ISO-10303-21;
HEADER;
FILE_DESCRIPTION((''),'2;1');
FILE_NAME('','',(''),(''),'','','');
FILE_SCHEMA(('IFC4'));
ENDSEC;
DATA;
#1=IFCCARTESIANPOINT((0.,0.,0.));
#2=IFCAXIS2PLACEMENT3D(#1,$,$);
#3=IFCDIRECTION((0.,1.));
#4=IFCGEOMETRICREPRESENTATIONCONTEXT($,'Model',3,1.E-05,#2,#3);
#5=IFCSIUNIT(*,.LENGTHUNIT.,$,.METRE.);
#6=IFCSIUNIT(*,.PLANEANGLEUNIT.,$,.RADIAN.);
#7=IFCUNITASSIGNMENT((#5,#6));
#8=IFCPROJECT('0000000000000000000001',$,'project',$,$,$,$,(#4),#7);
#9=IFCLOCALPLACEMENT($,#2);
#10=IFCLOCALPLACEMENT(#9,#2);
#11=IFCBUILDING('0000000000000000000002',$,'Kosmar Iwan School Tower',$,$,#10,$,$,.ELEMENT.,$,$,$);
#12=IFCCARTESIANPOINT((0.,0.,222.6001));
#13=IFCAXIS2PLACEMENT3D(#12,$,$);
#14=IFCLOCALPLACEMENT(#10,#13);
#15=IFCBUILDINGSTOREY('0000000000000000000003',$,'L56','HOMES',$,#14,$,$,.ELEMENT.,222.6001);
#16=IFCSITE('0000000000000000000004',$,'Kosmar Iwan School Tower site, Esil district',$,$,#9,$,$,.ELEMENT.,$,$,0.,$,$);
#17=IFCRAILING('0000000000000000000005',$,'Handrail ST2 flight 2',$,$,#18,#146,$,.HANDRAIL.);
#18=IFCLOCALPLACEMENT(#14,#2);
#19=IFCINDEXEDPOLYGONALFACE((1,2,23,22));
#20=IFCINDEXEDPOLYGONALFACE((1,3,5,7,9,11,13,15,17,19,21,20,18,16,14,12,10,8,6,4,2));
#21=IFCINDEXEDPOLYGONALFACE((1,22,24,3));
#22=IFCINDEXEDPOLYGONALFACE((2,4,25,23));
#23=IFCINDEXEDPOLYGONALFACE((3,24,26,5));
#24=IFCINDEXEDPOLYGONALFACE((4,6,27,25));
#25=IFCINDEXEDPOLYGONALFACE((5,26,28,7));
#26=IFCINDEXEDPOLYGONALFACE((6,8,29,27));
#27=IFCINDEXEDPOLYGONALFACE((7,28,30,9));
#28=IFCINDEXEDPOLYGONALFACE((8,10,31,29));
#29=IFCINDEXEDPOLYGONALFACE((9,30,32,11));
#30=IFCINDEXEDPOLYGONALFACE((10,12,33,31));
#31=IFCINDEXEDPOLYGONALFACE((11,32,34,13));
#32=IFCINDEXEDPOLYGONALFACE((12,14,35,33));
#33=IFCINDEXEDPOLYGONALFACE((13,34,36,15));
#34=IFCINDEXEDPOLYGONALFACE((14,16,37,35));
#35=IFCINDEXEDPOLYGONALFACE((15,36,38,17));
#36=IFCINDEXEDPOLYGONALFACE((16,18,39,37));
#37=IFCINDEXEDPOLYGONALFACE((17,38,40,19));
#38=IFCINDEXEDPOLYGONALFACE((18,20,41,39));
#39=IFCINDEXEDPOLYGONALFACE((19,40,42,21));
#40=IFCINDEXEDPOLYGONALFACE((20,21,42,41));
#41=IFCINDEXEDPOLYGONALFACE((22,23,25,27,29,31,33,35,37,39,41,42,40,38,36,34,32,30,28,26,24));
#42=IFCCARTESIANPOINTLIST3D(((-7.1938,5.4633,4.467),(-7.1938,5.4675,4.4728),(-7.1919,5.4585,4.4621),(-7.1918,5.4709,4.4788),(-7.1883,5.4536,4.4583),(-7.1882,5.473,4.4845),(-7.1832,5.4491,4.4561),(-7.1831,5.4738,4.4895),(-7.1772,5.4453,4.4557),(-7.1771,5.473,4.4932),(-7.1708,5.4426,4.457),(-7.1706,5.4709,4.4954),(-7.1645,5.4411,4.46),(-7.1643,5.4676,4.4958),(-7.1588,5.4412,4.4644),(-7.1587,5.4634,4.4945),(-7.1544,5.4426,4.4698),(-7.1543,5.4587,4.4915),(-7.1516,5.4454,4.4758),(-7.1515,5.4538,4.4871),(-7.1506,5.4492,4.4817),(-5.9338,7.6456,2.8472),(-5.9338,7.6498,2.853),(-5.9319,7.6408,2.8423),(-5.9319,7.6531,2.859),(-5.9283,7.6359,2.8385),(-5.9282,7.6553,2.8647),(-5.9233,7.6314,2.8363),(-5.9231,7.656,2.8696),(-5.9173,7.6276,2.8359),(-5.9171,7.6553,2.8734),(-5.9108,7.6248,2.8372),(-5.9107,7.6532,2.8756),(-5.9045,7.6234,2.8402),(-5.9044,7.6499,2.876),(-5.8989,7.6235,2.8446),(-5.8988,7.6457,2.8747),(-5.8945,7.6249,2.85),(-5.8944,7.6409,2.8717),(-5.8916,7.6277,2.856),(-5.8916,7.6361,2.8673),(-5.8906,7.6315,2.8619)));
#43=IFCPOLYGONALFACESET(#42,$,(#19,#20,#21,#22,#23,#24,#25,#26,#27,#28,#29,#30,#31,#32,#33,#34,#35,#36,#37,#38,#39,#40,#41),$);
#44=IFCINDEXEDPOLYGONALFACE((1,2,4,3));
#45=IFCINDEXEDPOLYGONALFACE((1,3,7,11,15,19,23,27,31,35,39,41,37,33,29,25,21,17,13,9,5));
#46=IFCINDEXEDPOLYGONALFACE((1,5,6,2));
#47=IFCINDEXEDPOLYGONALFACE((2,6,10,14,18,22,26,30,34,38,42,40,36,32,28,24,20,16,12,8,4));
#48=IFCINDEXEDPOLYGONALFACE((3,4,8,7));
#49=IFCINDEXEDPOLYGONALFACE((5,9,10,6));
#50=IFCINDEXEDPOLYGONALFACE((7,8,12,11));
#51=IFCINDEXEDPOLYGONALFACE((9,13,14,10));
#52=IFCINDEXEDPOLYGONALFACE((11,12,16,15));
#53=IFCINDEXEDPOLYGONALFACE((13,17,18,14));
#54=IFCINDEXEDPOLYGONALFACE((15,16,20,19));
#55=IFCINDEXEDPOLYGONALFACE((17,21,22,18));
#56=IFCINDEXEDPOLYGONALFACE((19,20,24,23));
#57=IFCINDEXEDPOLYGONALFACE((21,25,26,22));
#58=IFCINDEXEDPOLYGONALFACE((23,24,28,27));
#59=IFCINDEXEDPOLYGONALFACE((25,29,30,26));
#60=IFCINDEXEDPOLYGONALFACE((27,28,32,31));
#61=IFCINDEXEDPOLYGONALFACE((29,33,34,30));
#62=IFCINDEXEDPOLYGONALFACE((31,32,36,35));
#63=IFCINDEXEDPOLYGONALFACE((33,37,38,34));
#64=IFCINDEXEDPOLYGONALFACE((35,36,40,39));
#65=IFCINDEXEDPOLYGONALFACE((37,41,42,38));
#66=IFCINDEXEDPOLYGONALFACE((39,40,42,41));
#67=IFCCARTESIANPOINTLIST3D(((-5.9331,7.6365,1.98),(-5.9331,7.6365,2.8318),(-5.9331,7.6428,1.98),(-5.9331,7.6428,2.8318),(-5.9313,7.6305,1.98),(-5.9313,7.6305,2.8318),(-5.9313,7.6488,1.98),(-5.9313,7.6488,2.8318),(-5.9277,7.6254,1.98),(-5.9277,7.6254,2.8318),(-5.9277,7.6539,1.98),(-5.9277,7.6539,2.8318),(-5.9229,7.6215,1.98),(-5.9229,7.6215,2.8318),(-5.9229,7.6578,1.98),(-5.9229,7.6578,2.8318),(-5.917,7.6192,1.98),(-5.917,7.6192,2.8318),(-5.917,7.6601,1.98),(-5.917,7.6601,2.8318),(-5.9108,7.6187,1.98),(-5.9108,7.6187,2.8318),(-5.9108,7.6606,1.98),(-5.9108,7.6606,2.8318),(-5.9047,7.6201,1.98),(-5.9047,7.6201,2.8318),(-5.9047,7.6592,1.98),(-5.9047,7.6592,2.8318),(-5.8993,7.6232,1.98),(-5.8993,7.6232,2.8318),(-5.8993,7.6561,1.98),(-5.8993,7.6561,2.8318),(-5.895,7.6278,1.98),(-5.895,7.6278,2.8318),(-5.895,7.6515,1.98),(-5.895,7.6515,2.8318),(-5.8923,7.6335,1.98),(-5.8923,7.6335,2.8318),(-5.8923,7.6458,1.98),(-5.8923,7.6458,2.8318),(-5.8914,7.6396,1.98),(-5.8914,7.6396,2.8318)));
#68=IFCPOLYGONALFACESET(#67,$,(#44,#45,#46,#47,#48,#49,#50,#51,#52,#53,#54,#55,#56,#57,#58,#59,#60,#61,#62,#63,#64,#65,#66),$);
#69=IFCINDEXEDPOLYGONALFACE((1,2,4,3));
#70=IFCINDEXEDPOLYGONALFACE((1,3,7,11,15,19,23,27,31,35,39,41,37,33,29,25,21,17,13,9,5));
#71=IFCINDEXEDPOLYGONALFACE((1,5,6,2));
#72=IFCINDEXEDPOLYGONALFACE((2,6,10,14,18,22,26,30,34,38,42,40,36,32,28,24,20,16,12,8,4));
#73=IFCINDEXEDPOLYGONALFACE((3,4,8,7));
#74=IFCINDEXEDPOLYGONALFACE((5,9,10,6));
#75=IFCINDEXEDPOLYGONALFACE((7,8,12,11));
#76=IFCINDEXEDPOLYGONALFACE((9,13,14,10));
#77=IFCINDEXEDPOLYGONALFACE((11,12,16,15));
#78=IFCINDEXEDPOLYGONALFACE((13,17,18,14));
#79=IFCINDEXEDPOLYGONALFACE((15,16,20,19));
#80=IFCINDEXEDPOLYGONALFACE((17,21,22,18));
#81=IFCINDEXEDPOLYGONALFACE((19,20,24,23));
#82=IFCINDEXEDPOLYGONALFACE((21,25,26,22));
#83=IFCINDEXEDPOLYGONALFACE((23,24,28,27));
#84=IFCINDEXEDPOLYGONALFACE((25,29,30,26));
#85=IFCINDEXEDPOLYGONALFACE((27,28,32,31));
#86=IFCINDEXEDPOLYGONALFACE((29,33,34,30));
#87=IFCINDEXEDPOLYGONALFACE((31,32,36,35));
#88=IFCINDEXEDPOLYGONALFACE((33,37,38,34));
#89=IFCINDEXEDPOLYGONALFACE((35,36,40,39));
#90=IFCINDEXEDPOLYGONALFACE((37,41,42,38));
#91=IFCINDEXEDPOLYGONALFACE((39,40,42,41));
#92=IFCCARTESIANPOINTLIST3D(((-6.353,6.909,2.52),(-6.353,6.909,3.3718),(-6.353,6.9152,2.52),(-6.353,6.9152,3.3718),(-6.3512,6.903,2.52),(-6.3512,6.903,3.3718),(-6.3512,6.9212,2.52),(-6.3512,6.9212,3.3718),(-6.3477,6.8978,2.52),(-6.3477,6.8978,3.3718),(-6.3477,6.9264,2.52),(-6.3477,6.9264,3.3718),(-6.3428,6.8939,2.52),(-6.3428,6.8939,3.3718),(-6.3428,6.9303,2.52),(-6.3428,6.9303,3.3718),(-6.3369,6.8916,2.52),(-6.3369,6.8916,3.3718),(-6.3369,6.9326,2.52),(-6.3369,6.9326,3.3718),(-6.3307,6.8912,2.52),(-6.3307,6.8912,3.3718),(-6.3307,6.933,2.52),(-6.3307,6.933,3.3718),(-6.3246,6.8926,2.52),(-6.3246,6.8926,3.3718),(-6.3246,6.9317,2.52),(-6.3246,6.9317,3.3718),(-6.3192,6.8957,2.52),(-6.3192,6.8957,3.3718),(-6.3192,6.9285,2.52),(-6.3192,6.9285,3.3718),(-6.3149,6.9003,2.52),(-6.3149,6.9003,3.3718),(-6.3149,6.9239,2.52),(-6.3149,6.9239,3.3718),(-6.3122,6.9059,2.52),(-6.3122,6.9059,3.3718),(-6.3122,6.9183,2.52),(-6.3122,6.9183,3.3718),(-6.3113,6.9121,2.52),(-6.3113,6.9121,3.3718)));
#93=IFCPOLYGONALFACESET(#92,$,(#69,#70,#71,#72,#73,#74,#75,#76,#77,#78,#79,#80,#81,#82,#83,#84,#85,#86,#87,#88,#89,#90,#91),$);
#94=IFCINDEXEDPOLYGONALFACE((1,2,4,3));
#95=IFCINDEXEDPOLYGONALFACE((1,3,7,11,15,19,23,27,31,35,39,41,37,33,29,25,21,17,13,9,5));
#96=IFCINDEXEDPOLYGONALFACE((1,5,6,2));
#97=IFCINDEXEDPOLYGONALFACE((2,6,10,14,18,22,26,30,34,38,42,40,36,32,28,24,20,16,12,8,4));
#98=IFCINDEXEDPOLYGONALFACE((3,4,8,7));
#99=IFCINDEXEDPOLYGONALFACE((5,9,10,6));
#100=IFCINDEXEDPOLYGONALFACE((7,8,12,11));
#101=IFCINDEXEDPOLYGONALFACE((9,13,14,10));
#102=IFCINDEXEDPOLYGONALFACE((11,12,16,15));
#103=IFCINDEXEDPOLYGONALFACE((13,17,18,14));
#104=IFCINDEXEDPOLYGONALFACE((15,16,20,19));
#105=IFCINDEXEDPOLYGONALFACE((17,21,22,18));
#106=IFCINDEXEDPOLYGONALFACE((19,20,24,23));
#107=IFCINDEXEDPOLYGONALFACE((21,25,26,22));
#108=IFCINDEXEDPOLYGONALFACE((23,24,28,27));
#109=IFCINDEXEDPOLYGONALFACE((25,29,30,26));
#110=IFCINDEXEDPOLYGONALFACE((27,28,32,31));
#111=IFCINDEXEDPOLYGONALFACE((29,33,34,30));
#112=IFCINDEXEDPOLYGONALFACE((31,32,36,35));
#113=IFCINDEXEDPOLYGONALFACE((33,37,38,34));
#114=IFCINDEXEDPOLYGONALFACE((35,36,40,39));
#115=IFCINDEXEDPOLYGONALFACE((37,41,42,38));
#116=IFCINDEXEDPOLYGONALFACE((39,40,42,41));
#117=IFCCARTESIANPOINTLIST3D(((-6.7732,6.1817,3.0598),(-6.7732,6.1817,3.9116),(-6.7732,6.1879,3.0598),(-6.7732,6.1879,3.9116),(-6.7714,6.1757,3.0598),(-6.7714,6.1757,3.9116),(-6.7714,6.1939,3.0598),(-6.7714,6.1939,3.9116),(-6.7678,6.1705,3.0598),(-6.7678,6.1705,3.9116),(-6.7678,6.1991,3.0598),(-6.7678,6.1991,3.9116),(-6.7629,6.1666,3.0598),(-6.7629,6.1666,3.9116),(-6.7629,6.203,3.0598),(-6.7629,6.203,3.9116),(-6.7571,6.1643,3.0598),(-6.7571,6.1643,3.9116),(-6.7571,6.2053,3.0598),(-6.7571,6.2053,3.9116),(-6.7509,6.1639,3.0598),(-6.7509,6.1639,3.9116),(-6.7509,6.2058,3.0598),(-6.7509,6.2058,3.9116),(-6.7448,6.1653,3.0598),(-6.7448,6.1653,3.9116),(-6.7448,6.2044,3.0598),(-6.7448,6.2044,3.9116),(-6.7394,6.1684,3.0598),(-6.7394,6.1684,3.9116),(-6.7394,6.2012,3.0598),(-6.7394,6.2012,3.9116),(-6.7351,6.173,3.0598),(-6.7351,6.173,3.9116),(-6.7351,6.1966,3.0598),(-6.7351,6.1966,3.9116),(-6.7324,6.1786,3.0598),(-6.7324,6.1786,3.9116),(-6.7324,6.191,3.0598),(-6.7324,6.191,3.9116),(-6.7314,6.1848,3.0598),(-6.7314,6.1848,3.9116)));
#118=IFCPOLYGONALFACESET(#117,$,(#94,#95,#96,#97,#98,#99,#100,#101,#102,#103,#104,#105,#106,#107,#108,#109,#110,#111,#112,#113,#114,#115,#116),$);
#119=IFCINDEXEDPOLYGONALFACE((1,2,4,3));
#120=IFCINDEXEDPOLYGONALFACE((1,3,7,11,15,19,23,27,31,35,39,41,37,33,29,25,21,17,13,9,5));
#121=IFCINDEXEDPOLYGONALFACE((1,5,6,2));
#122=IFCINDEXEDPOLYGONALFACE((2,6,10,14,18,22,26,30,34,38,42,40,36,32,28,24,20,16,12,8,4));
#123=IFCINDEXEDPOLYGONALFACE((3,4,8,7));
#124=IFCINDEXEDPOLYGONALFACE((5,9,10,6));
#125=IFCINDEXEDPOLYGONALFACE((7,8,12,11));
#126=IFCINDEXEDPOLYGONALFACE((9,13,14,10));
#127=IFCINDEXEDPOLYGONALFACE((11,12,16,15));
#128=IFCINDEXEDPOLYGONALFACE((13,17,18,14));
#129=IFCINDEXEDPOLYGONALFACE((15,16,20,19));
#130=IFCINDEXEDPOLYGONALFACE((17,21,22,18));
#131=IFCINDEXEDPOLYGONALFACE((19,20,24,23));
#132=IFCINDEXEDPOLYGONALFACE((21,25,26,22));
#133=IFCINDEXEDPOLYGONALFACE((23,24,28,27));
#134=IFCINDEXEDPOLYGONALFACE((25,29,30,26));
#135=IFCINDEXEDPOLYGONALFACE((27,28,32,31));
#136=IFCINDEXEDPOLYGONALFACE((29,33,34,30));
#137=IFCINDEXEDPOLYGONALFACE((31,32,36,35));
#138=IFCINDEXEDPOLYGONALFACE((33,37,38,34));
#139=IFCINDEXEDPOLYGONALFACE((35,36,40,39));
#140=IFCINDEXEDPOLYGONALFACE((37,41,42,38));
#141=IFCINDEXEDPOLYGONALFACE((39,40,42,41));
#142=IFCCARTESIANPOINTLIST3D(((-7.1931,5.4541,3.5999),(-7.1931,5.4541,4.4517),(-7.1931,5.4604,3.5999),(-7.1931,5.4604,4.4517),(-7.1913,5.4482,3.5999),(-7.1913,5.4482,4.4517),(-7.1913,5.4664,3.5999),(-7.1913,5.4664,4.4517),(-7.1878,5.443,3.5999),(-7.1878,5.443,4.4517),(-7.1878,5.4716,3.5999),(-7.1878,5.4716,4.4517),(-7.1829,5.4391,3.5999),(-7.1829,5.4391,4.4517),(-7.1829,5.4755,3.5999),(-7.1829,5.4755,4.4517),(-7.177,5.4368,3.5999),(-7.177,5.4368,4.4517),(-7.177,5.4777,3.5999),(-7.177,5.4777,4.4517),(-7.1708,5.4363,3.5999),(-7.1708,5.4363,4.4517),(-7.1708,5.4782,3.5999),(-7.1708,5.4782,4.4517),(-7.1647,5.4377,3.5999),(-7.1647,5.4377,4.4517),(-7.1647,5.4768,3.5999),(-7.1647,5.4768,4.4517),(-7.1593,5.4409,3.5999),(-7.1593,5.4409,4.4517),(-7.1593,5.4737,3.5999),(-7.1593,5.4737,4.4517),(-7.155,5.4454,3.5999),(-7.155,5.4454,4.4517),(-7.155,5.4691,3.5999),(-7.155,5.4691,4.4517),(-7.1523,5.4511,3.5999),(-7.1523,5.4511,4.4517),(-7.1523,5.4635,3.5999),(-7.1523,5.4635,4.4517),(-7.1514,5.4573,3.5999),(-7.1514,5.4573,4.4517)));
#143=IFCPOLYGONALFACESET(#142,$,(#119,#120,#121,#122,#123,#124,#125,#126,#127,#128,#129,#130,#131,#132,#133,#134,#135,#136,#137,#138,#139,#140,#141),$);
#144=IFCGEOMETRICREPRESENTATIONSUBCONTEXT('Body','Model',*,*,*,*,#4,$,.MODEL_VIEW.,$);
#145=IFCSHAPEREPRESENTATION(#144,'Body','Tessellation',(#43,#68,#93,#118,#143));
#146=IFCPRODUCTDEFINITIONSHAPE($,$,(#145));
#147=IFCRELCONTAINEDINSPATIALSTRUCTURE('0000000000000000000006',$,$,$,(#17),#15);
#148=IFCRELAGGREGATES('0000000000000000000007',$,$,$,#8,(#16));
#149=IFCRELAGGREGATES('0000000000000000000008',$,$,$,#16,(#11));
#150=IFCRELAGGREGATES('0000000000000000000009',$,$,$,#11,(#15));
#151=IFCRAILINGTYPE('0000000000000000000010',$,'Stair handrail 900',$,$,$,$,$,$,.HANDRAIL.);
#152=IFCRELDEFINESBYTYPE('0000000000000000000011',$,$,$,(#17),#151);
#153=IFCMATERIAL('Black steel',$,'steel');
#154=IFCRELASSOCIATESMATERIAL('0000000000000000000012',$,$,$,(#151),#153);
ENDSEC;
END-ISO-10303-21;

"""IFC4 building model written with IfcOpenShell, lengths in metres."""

from ifc_helpers import new_model, si_unit, direction, frame, origin, origin_2d, place, context, subcontext, project, spatial, circle, extrude, material, type_object, element, save


model = new_model("IFC4")

# Units and contexts
model_context = context("Model", 3, precision=1e-05, world=origin(), true_north=direction((0.0, 1.0)))
body_context = subcontext(model_context, "Body", "Model", "MODEL_VIEW")
ifc_project = project(units=[si_unit("LENGTHUNIT", "METRE"), si_unit("PLANEANGLEUNIT", "RADIAN")], contexts=[model_context])

# Site, building, storey
site_placement = place(None, origin())
site = spatial("IfcSite", under=ifc_project, at=site_placement, Name="Kosmar Iwan School Tower site, Esil district", CompositionType="ELEMENT", RefElevation=0.0)
building_placement = place(site_placement, origin())
building = spatial("IfcBuilding", under=site, at=building_placement, Name="Kosmar Iwan School Tower", CompositionType="ELEMENT")
storey_placement = place(building_placement, frame((0.0, 0.0, 222.6001)))
storey = spatial("IfcBuildingStorey", under=building, at=storey_placement, Name="L56", Description="HOMES", CompositionType="ELEMENT", Elevation=222.6001)

# Railing
ifc_material_1 = material(Name="Black steel", Category="steel")
railing_type = type_object("IfcRailingType", Name="Stair handrail 900", PredefinedType="HANDRAIL", material=ifc_material_1)
railing_1_placement = place(storey_placement, frame((-5.9124, 7.6396, 1.98)))
element("IfcRailing", 1, at=railing_1_placement, inside=storey, type_object=railing_type, Name="Handrail ST2 flight 2", PredefinedType="HANDRAIL", context=body_context, shape_type="SweptSolid", body=[
    extrude(circle(Radius=0.0239, at=origin_2d()), frame((0.0, 0.0, 0.876), z_axis=(-0.420603, -0.728496, 0.540728), x_axis=(0.866023, -0.500005, 0.0)), (0.0, 0.0, 1.0), 2.9956),
    extrude(circle(Radius=0.021, at=origin_2d()), origin(), (0.0, 0.0, 1.0), 0.8518),
    extrude(circle(Radius=0.021, at=origin_2d()), frame((-0.4199, -0.7275, 0.54)), (0.0, 0.0, 1.0), 0.8518),
    extrude(circle(Radius=0.021, at=origin_2d()), frame((-0.8401, -1.4548, 1.0798)), (0.0, 0.0, 1.0), 0.8518),
    extrude(circle(Radius=0.021, at=origin_2d()), frame((-1.26, -2.1824, 1.6199)), (0.0, 0.0, 1.0), 0.8518),
])

save(model, "model.ifc")
